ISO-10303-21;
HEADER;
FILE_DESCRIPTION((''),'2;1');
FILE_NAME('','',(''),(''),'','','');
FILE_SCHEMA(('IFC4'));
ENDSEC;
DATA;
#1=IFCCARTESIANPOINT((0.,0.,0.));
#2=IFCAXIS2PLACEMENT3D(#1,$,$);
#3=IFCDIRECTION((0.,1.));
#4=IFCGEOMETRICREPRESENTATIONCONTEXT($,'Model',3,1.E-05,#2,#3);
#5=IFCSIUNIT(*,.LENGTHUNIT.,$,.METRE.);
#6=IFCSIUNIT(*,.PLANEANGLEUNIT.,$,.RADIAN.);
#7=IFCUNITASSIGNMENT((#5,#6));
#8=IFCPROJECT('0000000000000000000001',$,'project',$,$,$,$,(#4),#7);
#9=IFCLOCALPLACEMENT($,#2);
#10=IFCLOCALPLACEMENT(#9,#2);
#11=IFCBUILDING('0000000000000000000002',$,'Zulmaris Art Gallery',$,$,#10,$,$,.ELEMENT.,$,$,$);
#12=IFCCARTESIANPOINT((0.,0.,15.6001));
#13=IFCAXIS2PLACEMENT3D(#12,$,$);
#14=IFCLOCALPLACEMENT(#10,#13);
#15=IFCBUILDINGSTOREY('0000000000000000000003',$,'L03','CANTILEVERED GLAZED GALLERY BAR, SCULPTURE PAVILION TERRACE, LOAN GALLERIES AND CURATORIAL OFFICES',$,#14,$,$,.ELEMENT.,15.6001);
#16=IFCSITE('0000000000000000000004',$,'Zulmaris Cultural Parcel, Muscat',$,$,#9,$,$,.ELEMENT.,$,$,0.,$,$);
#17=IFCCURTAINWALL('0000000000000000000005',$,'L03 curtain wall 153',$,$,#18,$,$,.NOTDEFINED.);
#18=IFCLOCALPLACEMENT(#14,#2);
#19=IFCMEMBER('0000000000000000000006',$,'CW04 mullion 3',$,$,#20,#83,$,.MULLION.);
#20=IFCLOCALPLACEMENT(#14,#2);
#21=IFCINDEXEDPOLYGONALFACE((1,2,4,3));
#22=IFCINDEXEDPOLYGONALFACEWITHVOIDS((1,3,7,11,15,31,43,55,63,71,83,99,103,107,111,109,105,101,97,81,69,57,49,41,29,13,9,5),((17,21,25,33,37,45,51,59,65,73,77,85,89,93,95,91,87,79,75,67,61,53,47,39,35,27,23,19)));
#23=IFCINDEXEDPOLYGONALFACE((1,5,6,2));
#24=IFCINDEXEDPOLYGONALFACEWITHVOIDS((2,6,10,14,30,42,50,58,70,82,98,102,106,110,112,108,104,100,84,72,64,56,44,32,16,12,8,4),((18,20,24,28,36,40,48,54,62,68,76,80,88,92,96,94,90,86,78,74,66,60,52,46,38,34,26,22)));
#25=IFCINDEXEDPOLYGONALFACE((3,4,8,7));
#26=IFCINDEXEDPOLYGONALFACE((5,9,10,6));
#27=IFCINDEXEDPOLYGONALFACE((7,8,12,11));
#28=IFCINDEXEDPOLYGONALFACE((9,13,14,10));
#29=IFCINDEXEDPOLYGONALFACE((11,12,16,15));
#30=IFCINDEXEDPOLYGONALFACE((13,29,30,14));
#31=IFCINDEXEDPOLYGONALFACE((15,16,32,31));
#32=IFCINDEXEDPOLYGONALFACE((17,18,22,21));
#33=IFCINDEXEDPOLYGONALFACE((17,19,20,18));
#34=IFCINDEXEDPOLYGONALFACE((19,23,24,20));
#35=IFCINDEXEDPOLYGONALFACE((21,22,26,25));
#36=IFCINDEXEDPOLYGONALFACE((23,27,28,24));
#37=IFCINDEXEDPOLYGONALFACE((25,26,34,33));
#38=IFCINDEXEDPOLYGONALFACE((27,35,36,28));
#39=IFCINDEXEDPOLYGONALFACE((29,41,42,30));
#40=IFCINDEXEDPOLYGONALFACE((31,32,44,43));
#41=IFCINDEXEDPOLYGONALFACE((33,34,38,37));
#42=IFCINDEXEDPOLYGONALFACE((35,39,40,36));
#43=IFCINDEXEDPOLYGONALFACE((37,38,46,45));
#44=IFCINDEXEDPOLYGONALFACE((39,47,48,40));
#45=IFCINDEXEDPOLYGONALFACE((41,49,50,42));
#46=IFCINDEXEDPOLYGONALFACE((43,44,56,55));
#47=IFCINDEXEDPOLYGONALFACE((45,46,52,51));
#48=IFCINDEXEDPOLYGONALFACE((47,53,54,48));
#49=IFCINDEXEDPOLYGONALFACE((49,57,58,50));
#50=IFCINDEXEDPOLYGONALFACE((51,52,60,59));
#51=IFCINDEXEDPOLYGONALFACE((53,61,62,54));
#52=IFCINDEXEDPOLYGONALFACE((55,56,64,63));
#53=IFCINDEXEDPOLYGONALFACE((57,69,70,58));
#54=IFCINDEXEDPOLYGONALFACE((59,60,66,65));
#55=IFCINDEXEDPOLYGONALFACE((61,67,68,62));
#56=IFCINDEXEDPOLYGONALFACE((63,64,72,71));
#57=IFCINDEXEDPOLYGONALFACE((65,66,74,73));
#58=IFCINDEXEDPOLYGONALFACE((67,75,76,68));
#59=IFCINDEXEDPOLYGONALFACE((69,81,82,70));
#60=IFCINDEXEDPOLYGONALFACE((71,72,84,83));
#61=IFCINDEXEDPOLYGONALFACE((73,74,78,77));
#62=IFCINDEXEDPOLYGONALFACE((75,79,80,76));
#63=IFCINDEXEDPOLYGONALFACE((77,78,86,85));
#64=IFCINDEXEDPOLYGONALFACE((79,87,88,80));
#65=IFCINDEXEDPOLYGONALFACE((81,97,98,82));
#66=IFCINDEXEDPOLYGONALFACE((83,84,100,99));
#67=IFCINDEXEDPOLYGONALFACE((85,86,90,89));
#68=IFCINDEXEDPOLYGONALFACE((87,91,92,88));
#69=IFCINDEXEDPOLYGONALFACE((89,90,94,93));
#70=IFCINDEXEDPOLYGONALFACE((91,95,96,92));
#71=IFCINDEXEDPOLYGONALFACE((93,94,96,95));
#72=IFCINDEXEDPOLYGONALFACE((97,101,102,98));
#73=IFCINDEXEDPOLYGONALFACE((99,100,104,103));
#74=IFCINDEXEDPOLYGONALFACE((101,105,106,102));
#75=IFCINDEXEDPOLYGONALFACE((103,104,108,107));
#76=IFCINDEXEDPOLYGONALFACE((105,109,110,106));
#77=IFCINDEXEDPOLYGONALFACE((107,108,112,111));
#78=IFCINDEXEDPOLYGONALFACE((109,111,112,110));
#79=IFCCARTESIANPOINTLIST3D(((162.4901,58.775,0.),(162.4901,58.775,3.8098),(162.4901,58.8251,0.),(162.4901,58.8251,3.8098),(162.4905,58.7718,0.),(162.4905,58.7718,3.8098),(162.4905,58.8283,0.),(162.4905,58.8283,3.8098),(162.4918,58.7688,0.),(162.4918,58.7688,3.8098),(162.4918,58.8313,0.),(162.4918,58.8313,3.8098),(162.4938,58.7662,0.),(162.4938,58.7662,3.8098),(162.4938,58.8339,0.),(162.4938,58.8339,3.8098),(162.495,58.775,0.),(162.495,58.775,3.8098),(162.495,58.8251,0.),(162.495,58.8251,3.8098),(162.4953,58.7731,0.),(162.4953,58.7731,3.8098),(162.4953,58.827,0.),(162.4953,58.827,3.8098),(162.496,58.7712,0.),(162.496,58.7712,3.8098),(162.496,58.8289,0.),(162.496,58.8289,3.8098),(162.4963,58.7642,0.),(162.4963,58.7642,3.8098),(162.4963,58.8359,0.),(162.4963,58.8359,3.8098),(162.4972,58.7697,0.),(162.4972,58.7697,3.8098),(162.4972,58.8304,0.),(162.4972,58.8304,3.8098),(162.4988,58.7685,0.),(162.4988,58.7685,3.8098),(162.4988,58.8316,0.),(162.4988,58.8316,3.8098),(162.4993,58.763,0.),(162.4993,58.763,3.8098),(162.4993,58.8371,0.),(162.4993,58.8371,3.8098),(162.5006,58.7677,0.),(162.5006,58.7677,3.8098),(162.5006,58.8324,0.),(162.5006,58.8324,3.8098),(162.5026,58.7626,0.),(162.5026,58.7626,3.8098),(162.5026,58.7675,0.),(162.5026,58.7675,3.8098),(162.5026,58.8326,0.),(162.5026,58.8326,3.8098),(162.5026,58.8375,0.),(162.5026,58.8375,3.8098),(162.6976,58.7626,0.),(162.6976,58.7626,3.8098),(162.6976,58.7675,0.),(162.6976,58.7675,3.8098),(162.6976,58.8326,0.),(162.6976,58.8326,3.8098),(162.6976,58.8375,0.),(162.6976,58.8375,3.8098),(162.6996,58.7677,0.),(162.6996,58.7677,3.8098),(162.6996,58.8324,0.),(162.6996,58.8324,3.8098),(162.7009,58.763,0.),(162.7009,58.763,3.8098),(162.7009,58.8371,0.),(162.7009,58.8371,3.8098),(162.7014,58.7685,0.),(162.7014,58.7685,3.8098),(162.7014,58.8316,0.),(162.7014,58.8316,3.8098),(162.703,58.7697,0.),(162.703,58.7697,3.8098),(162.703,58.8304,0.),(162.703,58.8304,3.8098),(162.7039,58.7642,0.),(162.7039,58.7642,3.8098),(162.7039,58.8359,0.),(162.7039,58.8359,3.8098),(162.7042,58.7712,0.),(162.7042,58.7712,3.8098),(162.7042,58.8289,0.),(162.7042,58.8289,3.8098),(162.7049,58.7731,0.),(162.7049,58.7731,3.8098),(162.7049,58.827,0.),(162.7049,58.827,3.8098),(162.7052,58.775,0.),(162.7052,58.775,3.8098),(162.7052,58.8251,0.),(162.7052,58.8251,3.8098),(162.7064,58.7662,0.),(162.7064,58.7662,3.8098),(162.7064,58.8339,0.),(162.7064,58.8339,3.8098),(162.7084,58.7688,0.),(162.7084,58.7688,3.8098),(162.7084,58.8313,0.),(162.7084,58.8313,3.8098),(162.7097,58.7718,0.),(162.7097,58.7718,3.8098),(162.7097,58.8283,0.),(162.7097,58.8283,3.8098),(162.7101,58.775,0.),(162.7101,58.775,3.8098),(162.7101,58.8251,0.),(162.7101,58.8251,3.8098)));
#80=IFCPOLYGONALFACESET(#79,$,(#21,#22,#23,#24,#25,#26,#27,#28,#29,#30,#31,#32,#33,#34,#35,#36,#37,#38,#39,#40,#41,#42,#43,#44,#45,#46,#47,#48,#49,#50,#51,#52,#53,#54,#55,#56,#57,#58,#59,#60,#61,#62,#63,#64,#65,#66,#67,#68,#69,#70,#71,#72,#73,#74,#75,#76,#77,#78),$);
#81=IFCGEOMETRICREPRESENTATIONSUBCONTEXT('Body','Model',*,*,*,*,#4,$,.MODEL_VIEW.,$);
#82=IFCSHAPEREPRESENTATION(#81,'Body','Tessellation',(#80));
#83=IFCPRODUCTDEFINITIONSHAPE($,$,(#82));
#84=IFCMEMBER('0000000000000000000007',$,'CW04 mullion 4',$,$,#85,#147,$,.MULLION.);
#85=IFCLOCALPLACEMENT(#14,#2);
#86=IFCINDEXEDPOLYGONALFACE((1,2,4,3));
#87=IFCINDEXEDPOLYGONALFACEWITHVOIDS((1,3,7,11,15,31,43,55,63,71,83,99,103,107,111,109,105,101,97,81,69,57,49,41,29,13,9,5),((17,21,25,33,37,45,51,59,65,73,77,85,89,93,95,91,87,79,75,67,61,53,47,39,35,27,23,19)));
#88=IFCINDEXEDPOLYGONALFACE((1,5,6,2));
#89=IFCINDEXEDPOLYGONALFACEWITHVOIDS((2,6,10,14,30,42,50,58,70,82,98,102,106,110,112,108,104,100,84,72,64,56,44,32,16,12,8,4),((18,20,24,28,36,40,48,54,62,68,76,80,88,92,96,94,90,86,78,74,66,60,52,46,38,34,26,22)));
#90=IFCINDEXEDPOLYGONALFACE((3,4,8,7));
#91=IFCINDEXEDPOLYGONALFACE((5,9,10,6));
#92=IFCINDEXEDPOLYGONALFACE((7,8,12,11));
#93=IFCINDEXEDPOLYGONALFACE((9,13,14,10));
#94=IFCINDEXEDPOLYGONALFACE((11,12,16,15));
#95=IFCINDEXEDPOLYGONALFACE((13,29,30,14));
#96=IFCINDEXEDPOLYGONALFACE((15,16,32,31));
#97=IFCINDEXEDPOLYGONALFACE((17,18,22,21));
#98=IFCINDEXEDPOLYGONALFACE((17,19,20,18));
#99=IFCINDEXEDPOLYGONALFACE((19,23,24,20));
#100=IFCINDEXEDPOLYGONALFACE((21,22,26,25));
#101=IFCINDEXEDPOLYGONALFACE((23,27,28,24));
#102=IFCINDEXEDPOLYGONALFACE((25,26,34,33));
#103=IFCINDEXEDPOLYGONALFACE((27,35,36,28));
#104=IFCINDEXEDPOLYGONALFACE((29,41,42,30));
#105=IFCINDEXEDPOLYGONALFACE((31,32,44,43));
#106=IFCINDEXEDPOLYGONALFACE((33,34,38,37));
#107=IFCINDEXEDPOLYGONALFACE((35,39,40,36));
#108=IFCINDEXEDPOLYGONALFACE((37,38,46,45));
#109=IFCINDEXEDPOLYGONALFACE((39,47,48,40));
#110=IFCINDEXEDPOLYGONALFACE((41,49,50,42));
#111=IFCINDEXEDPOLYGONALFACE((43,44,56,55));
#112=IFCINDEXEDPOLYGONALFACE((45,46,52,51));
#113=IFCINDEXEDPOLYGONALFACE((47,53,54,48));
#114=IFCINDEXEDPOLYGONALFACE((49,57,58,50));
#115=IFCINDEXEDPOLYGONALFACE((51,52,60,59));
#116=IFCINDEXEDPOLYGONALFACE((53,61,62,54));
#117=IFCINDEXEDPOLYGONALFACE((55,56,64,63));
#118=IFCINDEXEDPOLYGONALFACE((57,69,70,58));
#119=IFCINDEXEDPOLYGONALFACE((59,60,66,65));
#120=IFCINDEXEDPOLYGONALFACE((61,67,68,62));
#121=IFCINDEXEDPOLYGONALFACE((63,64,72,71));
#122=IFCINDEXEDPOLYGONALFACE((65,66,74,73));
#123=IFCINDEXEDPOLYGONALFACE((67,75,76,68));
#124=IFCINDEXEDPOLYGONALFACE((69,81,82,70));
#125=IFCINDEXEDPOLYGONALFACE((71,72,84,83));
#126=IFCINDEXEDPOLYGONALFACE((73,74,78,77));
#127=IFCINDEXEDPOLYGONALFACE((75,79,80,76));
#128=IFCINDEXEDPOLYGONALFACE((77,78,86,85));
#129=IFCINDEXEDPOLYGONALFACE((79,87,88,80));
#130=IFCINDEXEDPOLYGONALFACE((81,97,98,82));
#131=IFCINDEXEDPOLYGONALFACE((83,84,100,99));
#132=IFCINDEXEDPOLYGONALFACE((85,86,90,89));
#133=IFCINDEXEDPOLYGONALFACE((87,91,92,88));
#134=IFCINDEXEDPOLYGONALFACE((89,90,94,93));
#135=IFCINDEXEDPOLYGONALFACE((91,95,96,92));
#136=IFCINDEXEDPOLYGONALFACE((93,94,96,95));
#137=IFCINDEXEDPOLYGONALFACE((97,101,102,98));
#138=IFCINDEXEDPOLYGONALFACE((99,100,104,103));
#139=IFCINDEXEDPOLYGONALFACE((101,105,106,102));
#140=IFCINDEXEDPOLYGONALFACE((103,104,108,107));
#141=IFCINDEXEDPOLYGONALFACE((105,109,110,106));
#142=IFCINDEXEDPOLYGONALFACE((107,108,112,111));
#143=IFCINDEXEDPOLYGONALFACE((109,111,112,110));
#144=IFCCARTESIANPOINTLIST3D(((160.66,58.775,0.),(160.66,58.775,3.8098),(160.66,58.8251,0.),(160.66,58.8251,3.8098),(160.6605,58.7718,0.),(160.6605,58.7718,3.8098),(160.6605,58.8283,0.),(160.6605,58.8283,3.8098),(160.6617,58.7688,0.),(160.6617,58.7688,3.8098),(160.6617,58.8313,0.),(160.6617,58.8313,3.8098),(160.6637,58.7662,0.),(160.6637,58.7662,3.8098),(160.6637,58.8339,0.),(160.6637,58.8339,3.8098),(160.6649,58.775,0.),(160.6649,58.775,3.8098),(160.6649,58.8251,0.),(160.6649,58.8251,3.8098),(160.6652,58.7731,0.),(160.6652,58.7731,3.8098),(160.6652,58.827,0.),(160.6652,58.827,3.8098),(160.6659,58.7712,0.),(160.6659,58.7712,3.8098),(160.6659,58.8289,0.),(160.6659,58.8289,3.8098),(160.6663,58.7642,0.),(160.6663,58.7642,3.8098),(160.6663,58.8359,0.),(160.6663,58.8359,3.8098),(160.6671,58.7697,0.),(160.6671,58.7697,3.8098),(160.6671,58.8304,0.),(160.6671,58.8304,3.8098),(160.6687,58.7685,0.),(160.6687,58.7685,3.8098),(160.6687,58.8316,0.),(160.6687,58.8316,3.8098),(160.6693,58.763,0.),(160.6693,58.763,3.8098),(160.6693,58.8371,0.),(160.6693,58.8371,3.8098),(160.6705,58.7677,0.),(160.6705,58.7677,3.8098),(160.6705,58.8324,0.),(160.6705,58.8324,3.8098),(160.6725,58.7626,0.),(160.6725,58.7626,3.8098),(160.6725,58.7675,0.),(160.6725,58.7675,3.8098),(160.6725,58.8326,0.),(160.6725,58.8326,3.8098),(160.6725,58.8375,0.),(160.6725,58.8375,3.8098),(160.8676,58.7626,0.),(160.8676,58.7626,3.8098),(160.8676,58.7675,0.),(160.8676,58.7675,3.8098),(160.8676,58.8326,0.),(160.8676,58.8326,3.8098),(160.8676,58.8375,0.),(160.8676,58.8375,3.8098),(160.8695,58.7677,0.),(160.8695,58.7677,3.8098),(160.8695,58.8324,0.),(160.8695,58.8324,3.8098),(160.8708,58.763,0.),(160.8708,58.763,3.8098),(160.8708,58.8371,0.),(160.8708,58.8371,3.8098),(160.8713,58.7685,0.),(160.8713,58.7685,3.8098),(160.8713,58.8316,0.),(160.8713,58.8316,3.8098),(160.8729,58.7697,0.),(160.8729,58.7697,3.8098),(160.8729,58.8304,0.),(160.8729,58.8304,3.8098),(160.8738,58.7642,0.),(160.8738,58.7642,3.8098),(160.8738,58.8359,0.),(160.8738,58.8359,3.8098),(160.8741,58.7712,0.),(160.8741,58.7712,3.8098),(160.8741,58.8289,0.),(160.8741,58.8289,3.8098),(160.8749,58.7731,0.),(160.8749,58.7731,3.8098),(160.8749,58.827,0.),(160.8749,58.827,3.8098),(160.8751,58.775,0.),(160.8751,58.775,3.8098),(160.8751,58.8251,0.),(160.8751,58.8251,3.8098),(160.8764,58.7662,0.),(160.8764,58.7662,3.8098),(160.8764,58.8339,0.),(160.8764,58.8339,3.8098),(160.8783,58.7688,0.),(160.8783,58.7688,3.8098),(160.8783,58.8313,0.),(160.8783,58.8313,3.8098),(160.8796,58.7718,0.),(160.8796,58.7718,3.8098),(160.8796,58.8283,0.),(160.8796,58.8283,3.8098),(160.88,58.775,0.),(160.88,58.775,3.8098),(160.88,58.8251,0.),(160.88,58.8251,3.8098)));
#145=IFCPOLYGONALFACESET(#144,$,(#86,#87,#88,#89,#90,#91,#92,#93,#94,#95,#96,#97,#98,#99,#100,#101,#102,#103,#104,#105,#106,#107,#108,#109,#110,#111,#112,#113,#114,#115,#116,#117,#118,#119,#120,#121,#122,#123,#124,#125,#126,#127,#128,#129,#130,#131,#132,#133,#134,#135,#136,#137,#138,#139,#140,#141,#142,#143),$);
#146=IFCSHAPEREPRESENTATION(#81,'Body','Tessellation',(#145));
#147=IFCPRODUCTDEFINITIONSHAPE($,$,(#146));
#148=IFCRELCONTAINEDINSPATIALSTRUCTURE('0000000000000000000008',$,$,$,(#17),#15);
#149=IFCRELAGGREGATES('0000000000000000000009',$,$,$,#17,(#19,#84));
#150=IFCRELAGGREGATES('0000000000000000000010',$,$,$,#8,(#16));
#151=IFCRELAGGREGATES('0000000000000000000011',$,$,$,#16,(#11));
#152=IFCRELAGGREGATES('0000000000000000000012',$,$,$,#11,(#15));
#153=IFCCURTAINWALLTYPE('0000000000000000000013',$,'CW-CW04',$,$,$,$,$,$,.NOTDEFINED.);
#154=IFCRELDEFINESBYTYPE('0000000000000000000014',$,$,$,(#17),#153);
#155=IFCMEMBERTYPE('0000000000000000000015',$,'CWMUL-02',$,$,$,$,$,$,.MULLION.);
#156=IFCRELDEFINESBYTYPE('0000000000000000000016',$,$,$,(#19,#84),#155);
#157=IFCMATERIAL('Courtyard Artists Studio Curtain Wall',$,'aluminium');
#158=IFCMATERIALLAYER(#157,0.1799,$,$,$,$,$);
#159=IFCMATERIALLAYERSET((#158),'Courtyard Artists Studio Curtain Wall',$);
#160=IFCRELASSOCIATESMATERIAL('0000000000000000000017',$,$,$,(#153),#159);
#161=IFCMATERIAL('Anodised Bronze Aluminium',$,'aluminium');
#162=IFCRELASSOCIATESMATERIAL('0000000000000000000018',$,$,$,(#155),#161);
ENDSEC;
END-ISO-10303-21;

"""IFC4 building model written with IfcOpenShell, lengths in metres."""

from ifc_helpers import new_model, si_unit, direction, frame, origin, origin_2d, place, context, subcontext, project, spatial, hollow_rectangle, extrude, material, layer, layer_set, material_profile, profile_set, type_object, element, aggregate, save


model = new_model("IFC4")

# Units and contexts
model_context = context("Model", 3, precision=1e-05, world=origin(), true_north=direction((0.0, 1.0)))
body_context = subcontext(model_context, "Body", "Model", "MODEL_VIEW")
ifc_project = project(units=[si_unit("LENGTHUNIT", "METRE"), si_unit("PLANEANGLEUNIT", "RADIAN")], contexts=[model_context])

# Site, building, storey
site_placement = place(None, origin())
site = spatial("IfcSite", under=ifc_project, at=site_placement, Name="Zulmaris Cultural Parcel, Muscat", CompositionType="ELEMENT", RefElevation=0.0)
building_placement = place(site_placement, origin())
building = spatial("IfcBuilding", under=site, at=building_placement, Name="Zulmaris Art Gallery", CompositionType="ELEMENT")
storey_placement = place(building_placement, frame((0.0, 0.0, 15.6001)))
storey = spatial("IfcBuildingStorey", under=building, at=storey_placement, Name="L03", Description="CANTILEVERED GLAZED GALLERY BAR, SCULPTURE PAVILION TERRACE, LOAN GALLERIES AND CURATORIAL OFFICES", CompositionType="ELEMENT", Elevation=15.6001)

# Curtain wall, members
ifc_material_1 = material(Name="Courtyard Artists Studio Curtain Wall", Category="aluminium")
ifc_layer_1 = layer(ifc_material_1, 0.1799)
ifc_layer_set_1 = layer_set([ifc_layer_1], Name="Courtyard Artists Studio Curtain Wall")
curtain_wall_type = type_object("IfcCurtainWallType", Name="CW-CW04", PredefinedType="NOTDEFINED", material=ifc_layer_set_1)
ifc_material_2 = material(Name="Anodised Bronze Aluminium", Category="aluminium")
ifc_material_profile_1 = material_profile(ifc_material_2, hollow_rectangle(XDim=0.075, YDim=0.22, WallThickness=0.0049, InnerFilletRadius=0.0076, OuterFilletRadius=0.0125, at=origin_2d()), Name="ALU 75x220x5")
ifc_profile_set_1 = profile_set([ifc_material_profile_1], Name="Anodised Bronze Aluminium")
member_type_1 = type_object("IfcMemberType", Name="CWMUL-02", PredefinedType="MULLION", material=ifc_profile_set_1)
curtain_wall_1_placement = place(storey_placement, origin())
curtain_wall_1 = element("IfcCurtainWall", 1, at=curtain_wall_1_placement, inside=storey, type_object=curtain_wall_type, Name="L03 curtain wall 153", PredefinedType="NOTDEFINED")
member_1_placement = place(storey_placement, frame((162.6001, 58.8, 0.0), z_axis=(0.0, 0.0, 1.0), x_axis=(0.0, -1.0, 0.0)))
member_1 = element("IfcMember", 2, at=member_1_placement, type_object=member_type_1, Name="CW04 mullion 3", PredefinedType="MULLION", context=body_context, shape_type="SweptSolid", body=[
    extrude(hollow_rectangle(XDim=0.075, YDim=0.22, WallThickness=0.0049, InnerFilletRadius=0.0076, OuterFilletRadius=0.0125, at=origin_2d()), origin(), (0.0, 0.0, 1.0), 3.8098),
])
member_2_placement = place(storey_placement, frame((160.77, 58.8, 0.0), z_axis=(0.0, 0.0, 1.0), x_axis=(0.0, -1.0, 0.0)))
member_2 = element("IfcMember", 3, at=member_2_placement, type_object=member_type_1, Name="CW04 mullion 4", PredefinedType="MULLION", context=body_context, shape_type="SweptSolid", body=[
    extrude(hollow_rectangle(XDim=0.075, YDim=0.22, WallThickness=0.0049, InnerFilletRadius=0.0076, OuterFilletRadius=0.0125, at=origin_2d()), origin(), (0.0, 0.0, 1.0), 3.8098),
])

aggregate(curtain_wall_1, [member_1, member_2])

save(model, "model.ifc")
